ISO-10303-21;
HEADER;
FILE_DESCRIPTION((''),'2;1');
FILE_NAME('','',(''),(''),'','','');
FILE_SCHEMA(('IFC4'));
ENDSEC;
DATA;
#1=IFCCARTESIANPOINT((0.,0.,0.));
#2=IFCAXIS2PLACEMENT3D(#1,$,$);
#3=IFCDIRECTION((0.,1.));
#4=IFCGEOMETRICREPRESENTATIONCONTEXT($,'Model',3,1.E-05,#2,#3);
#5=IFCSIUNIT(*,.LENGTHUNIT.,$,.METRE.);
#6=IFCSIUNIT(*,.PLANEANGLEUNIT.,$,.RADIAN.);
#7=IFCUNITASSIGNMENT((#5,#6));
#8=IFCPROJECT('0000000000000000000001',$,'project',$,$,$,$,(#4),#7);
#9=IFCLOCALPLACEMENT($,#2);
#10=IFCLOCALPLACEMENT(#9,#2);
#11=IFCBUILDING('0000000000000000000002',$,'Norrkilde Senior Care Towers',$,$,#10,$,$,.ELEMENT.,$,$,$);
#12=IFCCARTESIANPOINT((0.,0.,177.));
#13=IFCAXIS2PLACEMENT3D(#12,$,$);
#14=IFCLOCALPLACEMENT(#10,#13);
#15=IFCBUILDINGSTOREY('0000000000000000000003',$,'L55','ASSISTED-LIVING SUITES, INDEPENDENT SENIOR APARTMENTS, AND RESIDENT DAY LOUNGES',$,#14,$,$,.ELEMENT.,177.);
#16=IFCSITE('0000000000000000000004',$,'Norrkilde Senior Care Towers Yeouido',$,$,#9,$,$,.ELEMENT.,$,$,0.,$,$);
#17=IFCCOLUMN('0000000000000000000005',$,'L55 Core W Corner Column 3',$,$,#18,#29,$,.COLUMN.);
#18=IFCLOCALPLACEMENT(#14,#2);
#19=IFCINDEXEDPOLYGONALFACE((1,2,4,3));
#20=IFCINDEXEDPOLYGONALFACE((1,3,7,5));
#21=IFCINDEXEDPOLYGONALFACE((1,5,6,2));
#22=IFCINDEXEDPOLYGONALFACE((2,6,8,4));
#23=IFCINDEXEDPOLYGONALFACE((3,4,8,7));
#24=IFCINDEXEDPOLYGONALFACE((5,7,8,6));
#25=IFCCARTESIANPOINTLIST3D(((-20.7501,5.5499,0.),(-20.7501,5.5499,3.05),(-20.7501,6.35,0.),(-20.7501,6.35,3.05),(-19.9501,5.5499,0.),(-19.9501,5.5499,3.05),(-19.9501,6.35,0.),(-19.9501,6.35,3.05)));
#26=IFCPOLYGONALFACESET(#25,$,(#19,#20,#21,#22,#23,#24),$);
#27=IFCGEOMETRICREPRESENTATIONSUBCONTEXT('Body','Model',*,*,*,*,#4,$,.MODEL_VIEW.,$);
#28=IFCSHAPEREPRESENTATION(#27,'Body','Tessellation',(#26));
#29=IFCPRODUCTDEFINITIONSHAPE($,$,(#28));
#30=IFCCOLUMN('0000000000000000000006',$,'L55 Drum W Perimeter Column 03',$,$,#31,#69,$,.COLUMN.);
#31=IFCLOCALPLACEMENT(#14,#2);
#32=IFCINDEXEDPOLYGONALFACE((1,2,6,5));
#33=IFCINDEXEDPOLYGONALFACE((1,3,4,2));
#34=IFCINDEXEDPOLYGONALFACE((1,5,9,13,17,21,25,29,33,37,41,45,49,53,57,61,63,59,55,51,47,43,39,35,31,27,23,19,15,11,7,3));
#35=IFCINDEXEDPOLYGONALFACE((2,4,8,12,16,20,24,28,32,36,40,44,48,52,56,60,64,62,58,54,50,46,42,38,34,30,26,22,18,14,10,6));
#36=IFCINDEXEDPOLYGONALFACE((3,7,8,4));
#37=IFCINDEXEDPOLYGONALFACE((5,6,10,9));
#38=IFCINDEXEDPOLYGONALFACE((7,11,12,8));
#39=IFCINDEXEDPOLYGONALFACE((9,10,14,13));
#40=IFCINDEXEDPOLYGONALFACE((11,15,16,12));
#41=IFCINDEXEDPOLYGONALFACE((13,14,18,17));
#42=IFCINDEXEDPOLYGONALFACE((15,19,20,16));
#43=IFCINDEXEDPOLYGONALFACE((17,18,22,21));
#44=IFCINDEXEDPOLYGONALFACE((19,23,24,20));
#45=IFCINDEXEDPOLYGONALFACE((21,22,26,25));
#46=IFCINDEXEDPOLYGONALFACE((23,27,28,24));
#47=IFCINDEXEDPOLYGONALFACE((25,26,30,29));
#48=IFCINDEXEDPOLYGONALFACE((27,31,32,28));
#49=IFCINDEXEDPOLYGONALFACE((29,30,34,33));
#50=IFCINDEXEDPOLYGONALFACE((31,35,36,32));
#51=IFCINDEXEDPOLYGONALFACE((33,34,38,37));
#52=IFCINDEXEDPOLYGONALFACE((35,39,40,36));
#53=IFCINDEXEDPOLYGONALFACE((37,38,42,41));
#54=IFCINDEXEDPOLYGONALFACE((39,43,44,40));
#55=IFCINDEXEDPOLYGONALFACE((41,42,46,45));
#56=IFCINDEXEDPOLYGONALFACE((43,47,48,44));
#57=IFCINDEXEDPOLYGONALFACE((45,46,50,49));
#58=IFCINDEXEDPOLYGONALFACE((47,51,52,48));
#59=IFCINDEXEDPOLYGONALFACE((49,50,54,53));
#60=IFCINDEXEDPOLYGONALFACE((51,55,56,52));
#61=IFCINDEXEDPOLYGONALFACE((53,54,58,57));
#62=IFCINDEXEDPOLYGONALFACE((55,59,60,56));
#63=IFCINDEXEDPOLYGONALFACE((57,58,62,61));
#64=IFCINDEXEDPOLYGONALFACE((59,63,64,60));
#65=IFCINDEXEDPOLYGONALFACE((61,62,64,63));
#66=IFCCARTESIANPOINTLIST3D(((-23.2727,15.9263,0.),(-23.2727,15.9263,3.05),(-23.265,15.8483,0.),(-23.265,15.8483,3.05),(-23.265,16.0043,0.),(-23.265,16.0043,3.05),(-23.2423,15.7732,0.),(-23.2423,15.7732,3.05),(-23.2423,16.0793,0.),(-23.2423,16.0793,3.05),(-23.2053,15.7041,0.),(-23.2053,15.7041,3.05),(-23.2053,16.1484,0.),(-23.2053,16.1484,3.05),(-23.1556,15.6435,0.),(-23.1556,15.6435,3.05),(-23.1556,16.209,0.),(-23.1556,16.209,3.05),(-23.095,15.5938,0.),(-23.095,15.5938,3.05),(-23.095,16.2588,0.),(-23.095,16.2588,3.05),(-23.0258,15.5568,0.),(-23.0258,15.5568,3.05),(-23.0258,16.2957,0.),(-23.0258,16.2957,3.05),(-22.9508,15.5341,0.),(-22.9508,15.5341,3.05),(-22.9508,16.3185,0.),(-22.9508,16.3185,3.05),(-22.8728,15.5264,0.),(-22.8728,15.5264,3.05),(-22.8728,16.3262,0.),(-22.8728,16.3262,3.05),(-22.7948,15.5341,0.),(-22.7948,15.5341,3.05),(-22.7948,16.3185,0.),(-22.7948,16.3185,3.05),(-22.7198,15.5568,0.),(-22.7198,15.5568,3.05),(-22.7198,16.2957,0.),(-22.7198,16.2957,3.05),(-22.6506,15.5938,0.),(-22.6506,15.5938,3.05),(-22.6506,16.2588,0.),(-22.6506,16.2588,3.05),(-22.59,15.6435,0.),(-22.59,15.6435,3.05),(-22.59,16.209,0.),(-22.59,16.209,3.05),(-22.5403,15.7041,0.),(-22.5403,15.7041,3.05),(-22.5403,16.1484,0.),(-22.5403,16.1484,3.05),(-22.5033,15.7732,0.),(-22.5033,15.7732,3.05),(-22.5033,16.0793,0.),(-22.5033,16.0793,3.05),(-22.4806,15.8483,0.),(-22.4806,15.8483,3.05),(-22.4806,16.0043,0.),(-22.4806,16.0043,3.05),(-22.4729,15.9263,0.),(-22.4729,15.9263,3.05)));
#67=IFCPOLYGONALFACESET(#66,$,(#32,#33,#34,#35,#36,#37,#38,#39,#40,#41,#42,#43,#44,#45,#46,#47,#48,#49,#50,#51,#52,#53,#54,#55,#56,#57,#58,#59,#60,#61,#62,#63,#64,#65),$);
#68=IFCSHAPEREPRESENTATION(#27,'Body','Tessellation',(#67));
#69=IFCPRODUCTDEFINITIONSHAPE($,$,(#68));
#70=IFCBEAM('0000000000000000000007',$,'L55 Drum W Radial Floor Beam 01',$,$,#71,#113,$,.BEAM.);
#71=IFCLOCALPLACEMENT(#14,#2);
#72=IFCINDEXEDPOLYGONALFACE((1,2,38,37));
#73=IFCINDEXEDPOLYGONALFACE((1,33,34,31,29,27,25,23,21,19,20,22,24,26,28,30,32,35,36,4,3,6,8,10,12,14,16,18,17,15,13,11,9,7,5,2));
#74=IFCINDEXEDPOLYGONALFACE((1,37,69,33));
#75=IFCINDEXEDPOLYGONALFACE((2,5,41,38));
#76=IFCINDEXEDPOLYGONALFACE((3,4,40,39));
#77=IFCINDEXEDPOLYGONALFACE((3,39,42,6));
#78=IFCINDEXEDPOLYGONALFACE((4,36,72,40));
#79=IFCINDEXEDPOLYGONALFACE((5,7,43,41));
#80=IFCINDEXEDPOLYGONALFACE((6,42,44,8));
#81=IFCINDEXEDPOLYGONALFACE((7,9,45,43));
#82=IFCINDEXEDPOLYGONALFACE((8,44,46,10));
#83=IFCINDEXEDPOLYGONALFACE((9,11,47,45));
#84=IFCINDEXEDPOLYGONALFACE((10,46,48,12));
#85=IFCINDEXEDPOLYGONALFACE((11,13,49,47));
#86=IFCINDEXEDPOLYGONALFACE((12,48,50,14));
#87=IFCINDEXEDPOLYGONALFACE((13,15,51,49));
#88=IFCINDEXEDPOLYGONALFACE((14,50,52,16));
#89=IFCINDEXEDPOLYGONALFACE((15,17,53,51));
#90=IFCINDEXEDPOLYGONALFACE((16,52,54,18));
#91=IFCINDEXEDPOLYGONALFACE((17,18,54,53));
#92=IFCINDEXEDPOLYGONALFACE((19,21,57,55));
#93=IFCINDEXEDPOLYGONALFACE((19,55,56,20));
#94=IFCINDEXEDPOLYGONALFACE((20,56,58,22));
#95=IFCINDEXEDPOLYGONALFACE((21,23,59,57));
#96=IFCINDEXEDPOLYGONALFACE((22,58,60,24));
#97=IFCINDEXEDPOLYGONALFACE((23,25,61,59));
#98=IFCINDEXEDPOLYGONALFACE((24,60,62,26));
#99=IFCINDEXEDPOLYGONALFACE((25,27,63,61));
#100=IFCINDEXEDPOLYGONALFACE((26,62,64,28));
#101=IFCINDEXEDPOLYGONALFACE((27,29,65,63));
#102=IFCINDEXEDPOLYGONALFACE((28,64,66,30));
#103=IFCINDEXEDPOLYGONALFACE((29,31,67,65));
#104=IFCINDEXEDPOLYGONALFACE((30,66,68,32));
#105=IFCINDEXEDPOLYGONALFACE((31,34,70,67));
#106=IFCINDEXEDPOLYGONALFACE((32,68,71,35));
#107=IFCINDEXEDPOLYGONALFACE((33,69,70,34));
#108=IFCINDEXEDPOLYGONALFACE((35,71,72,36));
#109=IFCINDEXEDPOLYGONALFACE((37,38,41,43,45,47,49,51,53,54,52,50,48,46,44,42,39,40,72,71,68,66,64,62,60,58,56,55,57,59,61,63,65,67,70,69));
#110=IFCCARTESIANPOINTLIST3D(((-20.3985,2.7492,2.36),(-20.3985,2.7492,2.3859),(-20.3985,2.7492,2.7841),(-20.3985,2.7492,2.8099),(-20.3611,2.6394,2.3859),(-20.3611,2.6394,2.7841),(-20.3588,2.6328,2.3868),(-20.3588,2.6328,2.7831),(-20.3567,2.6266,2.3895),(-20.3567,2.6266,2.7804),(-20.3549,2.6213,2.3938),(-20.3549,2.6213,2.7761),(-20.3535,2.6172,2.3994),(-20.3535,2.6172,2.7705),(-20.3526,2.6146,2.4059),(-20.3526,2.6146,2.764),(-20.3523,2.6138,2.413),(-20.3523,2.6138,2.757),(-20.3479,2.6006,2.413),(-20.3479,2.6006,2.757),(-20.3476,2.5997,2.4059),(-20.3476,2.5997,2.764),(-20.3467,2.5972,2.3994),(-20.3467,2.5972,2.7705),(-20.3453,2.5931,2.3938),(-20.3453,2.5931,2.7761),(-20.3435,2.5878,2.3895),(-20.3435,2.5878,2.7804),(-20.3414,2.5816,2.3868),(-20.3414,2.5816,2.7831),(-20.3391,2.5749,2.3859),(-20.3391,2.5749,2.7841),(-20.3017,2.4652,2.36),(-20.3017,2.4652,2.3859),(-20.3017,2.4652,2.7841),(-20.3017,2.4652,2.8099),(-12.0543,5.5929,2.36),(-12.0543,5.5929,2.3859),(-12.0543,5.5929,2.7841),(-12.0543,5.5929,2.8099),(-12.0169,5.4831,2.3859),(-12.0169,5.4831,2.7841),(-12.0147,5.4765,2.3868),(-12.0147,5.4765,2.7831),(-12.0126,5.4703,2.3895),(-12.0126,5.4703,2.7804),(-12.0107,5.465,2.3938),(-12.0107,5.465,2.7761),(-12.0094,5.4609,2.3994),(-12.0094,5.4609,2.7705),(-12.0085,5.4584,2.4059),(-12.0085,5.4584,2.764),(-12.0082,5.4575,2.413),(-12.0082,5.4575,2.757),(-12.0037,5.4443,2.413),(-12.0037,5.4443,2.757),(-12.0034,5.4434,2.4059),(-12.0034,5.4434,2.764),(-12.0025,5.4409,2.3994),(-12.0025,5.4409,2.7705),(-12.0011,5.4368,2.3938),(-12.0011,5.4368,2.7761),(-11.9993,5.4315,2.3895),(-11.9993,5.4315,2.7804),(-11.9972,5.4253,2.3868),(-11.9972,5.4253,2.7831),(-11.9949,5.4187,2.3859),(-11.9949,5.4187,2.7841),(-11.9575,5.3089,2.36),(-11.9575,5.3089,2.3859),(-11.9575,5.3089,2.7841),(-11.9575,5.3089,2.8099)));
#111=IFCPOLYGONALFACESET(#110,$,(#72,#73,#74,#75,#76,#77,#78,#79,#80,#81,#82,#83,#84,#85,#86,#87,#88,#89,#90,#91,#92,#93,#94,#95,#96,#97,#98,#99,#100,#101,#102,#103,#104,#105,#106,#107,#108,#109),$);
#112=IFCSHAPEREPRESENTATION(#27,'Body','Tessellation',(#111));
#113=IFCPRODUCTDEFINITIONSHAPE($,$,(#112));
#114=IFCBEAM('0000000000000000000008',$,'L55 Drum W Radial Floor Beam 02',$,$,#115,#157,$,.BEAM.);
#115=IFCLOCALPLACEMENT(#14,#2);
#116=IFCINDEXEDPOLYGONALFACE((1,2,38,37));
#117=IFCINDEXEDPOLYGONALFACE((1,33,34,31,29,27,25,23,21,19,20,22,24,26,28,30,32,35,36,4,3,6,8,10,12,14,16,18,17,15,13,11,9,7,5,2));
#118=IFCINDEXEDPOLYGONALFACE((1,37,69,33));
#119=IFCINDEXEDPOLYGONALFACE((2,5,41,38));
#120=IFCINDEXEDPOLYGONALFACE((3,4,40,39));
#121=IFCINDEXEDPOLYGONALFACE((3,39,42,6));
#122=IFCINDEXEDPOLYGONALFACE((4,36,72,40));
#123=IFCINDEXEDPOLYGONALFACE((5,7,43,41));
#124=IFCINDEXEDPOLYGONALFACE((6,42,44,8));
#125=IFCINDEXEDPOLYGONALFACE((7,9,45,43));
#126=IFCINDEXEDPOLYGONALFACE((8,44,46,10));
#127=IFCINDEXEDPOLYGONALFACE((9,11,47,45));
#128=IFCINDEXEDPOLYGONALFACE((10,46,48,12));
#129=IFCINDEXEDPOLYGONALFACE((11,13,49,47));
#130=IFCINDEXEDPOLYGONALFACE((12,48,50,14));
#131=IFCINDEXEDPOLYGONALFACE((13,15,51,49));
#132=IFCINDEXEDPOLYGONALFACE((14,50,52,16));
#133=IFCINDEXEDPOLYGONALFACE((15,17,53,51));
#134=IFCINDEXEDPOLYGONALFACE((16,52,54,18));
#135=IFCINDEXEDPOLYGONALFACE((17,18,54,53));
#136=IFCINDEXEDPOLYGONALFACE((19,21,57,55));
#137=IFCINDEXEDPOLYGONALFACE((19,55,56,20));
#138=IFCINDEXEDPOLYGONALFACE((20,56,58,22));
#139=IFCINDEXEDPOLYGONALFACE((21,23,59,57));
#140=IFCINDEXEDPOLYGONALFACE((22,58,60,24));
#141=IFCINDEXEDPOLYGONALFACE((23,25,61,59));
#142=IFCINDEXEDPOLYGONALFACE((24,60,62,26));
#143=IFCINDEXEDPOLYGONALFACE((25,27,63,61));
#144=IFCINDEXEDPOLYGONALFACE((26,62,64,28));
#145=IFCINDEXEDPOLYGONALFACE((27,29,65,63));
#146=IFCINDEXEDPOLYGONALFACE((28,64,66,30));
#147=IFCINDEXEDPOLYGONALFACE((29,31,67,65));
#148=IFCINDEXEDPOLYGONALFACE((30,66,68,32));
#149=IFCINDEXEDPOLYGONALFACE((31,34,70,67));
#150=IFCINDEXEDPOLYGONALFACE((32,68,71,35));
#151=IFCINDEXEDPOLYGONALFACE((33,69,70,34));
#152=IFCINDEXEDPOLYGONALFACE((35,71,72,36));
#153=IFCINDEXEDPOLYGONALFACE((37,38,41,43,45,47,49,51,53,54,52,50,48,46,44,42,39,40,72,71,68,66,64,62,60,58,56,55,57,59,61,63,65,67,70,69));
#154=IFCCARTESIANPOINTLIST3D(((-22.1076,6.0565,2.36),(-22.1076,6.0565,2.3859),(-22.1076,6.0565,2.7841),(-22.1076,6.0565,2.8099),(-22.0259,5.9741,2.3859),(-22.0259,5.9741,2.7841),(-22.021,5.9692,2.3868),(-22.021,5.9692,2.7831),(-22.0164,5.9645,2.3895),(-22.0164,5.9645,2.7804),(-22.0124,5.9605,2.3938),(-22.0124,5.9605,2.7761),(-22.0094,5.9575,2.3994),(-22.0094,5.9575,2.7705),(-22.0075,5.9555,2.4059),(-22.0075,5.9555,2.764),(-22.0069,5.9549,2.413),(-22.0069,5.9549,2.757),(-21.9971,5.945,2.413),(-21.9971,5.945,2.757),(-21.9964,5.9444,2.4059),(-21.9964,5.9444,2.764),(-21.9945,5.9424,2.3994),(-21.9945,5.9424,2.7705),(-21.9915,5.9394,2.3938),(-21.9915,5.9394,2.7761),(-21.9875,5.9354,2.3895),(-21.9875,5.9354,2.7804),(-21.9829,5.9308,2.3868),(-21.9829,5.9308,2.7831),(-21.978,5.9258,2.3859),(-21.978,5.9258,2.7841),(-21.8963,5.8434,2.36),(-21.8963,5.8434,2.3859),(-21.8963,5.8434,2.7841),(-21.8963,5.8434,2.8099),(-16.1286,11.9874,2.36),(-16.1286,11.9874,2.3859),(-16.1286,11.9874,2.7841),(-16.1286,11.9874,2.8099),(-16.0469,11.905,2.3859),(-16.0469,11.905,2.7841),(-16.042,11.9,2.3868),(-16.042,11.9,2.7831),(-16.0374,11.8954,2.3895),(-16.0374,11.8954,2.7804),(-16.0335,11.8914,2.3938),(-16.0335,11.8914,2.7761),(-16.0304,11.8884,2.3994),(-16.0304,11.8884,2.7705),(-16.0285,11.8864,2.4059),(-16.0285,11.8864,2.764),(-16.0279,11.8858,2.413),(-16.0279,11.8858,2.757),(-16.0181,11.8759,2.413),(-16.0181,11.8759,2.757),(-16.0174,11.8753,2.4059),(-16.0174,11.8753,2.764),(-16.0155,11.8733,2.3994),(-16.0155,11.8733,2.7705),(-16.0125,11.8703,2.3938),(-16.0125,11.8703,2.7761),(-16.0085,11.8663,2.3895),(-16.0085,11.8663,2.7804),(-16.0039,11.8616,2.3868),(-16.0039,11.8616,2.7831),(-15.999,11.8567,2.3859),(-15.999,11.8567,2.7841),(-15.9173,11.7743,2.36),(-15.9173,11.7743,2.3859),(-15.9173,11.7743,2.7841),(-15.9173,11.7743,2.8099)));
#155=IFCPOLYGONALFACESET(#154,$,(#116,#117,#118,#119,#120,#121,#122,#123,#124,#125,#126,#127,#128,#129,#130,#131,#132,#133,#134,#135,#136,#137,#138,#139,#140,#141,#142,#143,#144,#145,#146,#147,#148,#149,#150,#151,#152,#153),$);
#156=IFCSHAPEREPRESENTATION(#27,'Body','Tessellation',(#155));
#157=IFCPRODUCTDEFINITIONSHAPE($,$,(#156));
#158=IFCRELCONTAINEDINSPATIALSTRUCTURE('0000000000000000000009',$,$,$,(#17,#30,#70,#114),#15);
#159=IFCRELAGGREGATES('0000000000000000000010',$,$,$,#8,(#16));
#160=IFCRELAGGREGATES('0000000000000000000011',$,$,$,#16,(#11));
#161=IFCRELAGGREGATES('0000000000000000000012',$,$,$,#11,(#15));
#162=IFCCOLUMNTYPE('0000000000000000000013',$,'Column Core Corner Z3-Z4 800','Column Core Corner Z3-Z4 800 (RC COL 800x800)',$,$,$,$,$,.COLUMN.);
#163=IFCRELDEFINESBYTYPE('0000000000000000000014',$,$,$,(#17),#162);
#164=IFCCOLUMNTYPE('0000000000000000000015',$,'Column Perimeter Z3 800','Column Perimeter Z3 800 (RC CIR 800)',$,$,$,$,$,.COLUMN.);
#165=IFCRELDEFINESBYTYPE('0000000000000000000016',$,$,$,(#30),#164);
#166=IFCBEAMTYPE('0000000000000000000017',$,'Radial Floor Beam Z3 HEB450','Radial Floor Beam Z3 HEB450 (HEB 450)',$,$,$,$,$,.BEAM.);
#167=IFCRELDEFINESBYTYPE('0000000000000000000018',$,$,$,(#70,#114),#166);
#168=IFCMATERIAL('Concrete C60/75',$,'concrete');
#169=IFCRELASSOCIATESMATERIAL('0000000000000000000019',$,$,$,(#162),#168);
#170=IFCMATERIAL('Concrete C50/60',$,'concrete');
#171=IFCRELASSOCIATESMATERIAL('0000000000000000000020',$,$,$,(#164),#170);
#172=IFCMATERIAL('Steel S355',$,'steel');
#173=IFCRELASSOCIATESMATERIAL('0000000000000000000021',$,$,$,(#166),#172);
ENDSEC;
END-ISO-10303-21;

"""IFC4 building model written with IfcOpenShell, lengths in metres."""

from ifc_helpers import new_model, si_unit, direction, frame, origin, origin_2d, place, context, subcontext, project, spatial, rectangle, circle, i_section, extrude, source, transform, mapped, material, material_profile, profile_set, type_object, type_shapes, element, save


model = new_model("IFC4")

# Units and contexts
model_context = context("Model", 3, precision=1e-05, world=origin(), true_north=direction((0.0, 1.0)))
body_context = subcontext(model_context, "Body", "Model", "MODEL_VIEW")
ifc_project = project(units=[si_unit("LENGTHUNIT", "METRE"), si_unit("PLANEANGLEUNIT", "RADIAN")], contexts=[model_context])

# Site, building, storey
site_placement = place(None, origin())
site = spatial("IfcSite", under=ifc_project, at=site_placement, Name="Norrkilde Senior Care Towers Yeouido", CompositionType="ELEMENT", RefElevation=0.0)
building_placement = place(site_placement, origin())
building = spatial("IfcBuilding", under=site, at=building_placement, Name="Norrkilde Senior Care Towers", CompositionType="ELEMENT")
storey_placement = place(building_placement, frame((0.0, 0.0, 177.0)))
storey = spatial("IfcBuildingStorey", under=building, at=storey_placement, Name="L55", Description="ASSISTED-LIVING SUITES, INDEPENDENT SENIOR APARTMENTS, AND RESIDENT DAY LOUNGES", CompositionType="ELEMENT", Elevation=177.0)

# Columns
ifc_material_1 = material(Name="Concrete C60/75", Category="concrete")
ifc_material_profile_1 = material_profile(ifc_material_1, rectangle(XDim=0.8, YDim=0.8, at=origin_2d()), Name="RC COL 800x800")
ifc_profile_set_1 = profile_set([ifc_material_profile_1], Name="Concrete C60/75")
column_type_1 = type_object("IfcColumnType", Name="Column Core Corner Z3-Z4 800", Description="Column Core Corner Z3-Z4 800 (RC COL 800x800)", PredefinedType="COLUMN", material=ifc_profile_set_1)
shared_shape_1 = source(origin(), body_context, "Body", "SweptSolid", [
    extrude(rectangle(XDim=0.8, YDim=0.8, at=origin_2d()), origin(), (0.0, 0.0, 1.0), 3.05),
])
type_shapes(column_type_1, [shared_shape_1])
column_1_placement = place(storey_placement, frame((-20.3501, 5.95, 0.0), z_axis=(0.0, 0.0, 1.0), x_axis=(1.0, 0.0, 0.0)))
element("IfcColumn", 1, at=column_1_placement, inside=storey, type_object=column_type_1, Name="L55 Core W Corner Column 3", PredefinedType="COLUMN", context=body_context, shape_type="MappedRepresentation", body=[
    mapped(shared_shape_1, transform((0.0, 0.0, 0.0), x_axis=(1.0, 0.0, 0.0), y_axis=(0.0, 1.0, 0.0), z_axis=(0.0, 0.0, 1.0), scale=1.0)),
])
ifc_material_2 = material(Name="Concrete C50/60", Category="concrete")
ifc_material_profile_2 = material_profile(ifc_material_2, circle(Radius=0.3999, at=origin_2d()), Name="RC CIR 800")
ifc_profile_set_2 = profile_set([ifc_material_profile_2], Name="Concrete C50/60")
column_type_2 = type_object("IfcColumnType", Name="Column Perimeter Z3 800", Description="Column Perimeter Z3 800 (RC CIR 800)", PredefinedType="COLUMN", material=ifc_profile_set_2)
shared_shape_2 = source(origin(), body_context, "Body", "SweptSolid", [
    extrude(circle(Radius=0.3999, at=origin_2d()), origin(), (0.0, 0.0, 1.0), 3.05),
])
type_shapes(column_type_2, [shared_shape_2])
column_2_placement = place(storey_placement, frame((-22.8728, 15.9263, 0.0), z_axis=(0.0, 0.0, 1.0), x_axis=(1.0, 0.0, 0.0)))
element("IfcColumn", 2, at=column_2_placement, inside=storey, type_object=column_type_2, Name="L55 Drum W Perimeter Column 03", PredefinedType="COLUMN", context=body_context, shape_type="MappedRepresentation", body=[
    mapped(shared_shape_2, transform((0.0, 0.0, 0.0), x_axis=(1.0, 0.0, 0.0), y_axis=(0.0, 1.0, 0.0), z_axis=(0.0, 0.0, 1.0), scale=1.0)),
])

# Beams
ifc_material_3 = material(Name="Steel S355", Category="steel")
ifc_material_profile_3 = material_profile(ifc_material_3, i_section(OverallWidth=0.3, OverallDepth=0.45, WebThickness=0.0139, FlangeThickness=0.0259, FilletRadius=0.0271, at=origin_2d()), Name="HEB 450")
ifc_profile_set_3 = profile_set([ifc_material_profile_3], Name="Steel S355")
beam_type_1 = type_object("IfcBeamType", Name="Radial Floor Beam Z3 HEB450", Description="Radial Floor Beam Z3 HEB450 (HEB 450)", PredefinedType="BEAM", material=ifc_profile_set_3)
shared_shape_3 = source(origin(), body_context, "Body", "SweptSolid", [
    extrude(i_section(OverallWidth=0.3, OverallDepth=0.45, WebThickness=0.0139, FlangeThickness=0.0259, FilletRadius=0.0271, at=origin_2d()), origin(), (0.0, 0.0, 1.0), 8.8154),
])
beam_1_placement = place(storey_placement, frame((-20.3501, 2.6072, 2.585), z_axis=(0.946541, 0.322585, 0.0), x_axis=(-0.322585, 0.946541, 0.0)))
element("IfcBeam", 3, at=beam_1_placement, inside=storey, type_object=beam_type_1, Name="L55 Drum W Radial Floor Beam 01", PredefinedType="BEAM", context=body_context, shape_type="MappedRepresentation", body=[
    mapped(shared_shape_3, transform((0.0, 0.0, 0.0), x_axis=(1.0, 0.0, 0.0), y_axis=(0.0, 1.0, 0.0), z_axis=(0.0, 0.0, 1.0), scale=1.0)),
])
shared_shape_4 = source(origin(), body_context, "Body", "SweptSolid", [
    extrude(i_section(OverallWidth=0.3, OverallDepth=0.45, WebThickness=0.0139, FlangeThickness=0.0259, FilletRadius=0.0271, at=origin_2d()), origin(), (0.0, 0.0, 1.0), 8.4216),
])
beam_2_placement = place(storey_placement, frame((-22.002, 5.95, 2.585), z_axis=(0.709956, 0.704246, 0.0), x_axis=(-0.704246, 0.709956, 0.0)))
element("IfcBeam", 4, at=beam_2_placement, inside=storey, type_object=beam_type_1, Name="L55 Drum W Radial Floor Beam 02", PredefinedType="BEAM", context=body_context, shape_type="MappedRepresentation", body=[
    mapped(shared_shape_4, transform((0.0, 0.0, 0.0), x_axis=(1.0, 0.0, 0.0), y_axis=(0.0, 1.0, 0.0), z_axis=(0.0, 0.0, 1.0), scale=1.0)),
])

save(model, "model.ifc")
